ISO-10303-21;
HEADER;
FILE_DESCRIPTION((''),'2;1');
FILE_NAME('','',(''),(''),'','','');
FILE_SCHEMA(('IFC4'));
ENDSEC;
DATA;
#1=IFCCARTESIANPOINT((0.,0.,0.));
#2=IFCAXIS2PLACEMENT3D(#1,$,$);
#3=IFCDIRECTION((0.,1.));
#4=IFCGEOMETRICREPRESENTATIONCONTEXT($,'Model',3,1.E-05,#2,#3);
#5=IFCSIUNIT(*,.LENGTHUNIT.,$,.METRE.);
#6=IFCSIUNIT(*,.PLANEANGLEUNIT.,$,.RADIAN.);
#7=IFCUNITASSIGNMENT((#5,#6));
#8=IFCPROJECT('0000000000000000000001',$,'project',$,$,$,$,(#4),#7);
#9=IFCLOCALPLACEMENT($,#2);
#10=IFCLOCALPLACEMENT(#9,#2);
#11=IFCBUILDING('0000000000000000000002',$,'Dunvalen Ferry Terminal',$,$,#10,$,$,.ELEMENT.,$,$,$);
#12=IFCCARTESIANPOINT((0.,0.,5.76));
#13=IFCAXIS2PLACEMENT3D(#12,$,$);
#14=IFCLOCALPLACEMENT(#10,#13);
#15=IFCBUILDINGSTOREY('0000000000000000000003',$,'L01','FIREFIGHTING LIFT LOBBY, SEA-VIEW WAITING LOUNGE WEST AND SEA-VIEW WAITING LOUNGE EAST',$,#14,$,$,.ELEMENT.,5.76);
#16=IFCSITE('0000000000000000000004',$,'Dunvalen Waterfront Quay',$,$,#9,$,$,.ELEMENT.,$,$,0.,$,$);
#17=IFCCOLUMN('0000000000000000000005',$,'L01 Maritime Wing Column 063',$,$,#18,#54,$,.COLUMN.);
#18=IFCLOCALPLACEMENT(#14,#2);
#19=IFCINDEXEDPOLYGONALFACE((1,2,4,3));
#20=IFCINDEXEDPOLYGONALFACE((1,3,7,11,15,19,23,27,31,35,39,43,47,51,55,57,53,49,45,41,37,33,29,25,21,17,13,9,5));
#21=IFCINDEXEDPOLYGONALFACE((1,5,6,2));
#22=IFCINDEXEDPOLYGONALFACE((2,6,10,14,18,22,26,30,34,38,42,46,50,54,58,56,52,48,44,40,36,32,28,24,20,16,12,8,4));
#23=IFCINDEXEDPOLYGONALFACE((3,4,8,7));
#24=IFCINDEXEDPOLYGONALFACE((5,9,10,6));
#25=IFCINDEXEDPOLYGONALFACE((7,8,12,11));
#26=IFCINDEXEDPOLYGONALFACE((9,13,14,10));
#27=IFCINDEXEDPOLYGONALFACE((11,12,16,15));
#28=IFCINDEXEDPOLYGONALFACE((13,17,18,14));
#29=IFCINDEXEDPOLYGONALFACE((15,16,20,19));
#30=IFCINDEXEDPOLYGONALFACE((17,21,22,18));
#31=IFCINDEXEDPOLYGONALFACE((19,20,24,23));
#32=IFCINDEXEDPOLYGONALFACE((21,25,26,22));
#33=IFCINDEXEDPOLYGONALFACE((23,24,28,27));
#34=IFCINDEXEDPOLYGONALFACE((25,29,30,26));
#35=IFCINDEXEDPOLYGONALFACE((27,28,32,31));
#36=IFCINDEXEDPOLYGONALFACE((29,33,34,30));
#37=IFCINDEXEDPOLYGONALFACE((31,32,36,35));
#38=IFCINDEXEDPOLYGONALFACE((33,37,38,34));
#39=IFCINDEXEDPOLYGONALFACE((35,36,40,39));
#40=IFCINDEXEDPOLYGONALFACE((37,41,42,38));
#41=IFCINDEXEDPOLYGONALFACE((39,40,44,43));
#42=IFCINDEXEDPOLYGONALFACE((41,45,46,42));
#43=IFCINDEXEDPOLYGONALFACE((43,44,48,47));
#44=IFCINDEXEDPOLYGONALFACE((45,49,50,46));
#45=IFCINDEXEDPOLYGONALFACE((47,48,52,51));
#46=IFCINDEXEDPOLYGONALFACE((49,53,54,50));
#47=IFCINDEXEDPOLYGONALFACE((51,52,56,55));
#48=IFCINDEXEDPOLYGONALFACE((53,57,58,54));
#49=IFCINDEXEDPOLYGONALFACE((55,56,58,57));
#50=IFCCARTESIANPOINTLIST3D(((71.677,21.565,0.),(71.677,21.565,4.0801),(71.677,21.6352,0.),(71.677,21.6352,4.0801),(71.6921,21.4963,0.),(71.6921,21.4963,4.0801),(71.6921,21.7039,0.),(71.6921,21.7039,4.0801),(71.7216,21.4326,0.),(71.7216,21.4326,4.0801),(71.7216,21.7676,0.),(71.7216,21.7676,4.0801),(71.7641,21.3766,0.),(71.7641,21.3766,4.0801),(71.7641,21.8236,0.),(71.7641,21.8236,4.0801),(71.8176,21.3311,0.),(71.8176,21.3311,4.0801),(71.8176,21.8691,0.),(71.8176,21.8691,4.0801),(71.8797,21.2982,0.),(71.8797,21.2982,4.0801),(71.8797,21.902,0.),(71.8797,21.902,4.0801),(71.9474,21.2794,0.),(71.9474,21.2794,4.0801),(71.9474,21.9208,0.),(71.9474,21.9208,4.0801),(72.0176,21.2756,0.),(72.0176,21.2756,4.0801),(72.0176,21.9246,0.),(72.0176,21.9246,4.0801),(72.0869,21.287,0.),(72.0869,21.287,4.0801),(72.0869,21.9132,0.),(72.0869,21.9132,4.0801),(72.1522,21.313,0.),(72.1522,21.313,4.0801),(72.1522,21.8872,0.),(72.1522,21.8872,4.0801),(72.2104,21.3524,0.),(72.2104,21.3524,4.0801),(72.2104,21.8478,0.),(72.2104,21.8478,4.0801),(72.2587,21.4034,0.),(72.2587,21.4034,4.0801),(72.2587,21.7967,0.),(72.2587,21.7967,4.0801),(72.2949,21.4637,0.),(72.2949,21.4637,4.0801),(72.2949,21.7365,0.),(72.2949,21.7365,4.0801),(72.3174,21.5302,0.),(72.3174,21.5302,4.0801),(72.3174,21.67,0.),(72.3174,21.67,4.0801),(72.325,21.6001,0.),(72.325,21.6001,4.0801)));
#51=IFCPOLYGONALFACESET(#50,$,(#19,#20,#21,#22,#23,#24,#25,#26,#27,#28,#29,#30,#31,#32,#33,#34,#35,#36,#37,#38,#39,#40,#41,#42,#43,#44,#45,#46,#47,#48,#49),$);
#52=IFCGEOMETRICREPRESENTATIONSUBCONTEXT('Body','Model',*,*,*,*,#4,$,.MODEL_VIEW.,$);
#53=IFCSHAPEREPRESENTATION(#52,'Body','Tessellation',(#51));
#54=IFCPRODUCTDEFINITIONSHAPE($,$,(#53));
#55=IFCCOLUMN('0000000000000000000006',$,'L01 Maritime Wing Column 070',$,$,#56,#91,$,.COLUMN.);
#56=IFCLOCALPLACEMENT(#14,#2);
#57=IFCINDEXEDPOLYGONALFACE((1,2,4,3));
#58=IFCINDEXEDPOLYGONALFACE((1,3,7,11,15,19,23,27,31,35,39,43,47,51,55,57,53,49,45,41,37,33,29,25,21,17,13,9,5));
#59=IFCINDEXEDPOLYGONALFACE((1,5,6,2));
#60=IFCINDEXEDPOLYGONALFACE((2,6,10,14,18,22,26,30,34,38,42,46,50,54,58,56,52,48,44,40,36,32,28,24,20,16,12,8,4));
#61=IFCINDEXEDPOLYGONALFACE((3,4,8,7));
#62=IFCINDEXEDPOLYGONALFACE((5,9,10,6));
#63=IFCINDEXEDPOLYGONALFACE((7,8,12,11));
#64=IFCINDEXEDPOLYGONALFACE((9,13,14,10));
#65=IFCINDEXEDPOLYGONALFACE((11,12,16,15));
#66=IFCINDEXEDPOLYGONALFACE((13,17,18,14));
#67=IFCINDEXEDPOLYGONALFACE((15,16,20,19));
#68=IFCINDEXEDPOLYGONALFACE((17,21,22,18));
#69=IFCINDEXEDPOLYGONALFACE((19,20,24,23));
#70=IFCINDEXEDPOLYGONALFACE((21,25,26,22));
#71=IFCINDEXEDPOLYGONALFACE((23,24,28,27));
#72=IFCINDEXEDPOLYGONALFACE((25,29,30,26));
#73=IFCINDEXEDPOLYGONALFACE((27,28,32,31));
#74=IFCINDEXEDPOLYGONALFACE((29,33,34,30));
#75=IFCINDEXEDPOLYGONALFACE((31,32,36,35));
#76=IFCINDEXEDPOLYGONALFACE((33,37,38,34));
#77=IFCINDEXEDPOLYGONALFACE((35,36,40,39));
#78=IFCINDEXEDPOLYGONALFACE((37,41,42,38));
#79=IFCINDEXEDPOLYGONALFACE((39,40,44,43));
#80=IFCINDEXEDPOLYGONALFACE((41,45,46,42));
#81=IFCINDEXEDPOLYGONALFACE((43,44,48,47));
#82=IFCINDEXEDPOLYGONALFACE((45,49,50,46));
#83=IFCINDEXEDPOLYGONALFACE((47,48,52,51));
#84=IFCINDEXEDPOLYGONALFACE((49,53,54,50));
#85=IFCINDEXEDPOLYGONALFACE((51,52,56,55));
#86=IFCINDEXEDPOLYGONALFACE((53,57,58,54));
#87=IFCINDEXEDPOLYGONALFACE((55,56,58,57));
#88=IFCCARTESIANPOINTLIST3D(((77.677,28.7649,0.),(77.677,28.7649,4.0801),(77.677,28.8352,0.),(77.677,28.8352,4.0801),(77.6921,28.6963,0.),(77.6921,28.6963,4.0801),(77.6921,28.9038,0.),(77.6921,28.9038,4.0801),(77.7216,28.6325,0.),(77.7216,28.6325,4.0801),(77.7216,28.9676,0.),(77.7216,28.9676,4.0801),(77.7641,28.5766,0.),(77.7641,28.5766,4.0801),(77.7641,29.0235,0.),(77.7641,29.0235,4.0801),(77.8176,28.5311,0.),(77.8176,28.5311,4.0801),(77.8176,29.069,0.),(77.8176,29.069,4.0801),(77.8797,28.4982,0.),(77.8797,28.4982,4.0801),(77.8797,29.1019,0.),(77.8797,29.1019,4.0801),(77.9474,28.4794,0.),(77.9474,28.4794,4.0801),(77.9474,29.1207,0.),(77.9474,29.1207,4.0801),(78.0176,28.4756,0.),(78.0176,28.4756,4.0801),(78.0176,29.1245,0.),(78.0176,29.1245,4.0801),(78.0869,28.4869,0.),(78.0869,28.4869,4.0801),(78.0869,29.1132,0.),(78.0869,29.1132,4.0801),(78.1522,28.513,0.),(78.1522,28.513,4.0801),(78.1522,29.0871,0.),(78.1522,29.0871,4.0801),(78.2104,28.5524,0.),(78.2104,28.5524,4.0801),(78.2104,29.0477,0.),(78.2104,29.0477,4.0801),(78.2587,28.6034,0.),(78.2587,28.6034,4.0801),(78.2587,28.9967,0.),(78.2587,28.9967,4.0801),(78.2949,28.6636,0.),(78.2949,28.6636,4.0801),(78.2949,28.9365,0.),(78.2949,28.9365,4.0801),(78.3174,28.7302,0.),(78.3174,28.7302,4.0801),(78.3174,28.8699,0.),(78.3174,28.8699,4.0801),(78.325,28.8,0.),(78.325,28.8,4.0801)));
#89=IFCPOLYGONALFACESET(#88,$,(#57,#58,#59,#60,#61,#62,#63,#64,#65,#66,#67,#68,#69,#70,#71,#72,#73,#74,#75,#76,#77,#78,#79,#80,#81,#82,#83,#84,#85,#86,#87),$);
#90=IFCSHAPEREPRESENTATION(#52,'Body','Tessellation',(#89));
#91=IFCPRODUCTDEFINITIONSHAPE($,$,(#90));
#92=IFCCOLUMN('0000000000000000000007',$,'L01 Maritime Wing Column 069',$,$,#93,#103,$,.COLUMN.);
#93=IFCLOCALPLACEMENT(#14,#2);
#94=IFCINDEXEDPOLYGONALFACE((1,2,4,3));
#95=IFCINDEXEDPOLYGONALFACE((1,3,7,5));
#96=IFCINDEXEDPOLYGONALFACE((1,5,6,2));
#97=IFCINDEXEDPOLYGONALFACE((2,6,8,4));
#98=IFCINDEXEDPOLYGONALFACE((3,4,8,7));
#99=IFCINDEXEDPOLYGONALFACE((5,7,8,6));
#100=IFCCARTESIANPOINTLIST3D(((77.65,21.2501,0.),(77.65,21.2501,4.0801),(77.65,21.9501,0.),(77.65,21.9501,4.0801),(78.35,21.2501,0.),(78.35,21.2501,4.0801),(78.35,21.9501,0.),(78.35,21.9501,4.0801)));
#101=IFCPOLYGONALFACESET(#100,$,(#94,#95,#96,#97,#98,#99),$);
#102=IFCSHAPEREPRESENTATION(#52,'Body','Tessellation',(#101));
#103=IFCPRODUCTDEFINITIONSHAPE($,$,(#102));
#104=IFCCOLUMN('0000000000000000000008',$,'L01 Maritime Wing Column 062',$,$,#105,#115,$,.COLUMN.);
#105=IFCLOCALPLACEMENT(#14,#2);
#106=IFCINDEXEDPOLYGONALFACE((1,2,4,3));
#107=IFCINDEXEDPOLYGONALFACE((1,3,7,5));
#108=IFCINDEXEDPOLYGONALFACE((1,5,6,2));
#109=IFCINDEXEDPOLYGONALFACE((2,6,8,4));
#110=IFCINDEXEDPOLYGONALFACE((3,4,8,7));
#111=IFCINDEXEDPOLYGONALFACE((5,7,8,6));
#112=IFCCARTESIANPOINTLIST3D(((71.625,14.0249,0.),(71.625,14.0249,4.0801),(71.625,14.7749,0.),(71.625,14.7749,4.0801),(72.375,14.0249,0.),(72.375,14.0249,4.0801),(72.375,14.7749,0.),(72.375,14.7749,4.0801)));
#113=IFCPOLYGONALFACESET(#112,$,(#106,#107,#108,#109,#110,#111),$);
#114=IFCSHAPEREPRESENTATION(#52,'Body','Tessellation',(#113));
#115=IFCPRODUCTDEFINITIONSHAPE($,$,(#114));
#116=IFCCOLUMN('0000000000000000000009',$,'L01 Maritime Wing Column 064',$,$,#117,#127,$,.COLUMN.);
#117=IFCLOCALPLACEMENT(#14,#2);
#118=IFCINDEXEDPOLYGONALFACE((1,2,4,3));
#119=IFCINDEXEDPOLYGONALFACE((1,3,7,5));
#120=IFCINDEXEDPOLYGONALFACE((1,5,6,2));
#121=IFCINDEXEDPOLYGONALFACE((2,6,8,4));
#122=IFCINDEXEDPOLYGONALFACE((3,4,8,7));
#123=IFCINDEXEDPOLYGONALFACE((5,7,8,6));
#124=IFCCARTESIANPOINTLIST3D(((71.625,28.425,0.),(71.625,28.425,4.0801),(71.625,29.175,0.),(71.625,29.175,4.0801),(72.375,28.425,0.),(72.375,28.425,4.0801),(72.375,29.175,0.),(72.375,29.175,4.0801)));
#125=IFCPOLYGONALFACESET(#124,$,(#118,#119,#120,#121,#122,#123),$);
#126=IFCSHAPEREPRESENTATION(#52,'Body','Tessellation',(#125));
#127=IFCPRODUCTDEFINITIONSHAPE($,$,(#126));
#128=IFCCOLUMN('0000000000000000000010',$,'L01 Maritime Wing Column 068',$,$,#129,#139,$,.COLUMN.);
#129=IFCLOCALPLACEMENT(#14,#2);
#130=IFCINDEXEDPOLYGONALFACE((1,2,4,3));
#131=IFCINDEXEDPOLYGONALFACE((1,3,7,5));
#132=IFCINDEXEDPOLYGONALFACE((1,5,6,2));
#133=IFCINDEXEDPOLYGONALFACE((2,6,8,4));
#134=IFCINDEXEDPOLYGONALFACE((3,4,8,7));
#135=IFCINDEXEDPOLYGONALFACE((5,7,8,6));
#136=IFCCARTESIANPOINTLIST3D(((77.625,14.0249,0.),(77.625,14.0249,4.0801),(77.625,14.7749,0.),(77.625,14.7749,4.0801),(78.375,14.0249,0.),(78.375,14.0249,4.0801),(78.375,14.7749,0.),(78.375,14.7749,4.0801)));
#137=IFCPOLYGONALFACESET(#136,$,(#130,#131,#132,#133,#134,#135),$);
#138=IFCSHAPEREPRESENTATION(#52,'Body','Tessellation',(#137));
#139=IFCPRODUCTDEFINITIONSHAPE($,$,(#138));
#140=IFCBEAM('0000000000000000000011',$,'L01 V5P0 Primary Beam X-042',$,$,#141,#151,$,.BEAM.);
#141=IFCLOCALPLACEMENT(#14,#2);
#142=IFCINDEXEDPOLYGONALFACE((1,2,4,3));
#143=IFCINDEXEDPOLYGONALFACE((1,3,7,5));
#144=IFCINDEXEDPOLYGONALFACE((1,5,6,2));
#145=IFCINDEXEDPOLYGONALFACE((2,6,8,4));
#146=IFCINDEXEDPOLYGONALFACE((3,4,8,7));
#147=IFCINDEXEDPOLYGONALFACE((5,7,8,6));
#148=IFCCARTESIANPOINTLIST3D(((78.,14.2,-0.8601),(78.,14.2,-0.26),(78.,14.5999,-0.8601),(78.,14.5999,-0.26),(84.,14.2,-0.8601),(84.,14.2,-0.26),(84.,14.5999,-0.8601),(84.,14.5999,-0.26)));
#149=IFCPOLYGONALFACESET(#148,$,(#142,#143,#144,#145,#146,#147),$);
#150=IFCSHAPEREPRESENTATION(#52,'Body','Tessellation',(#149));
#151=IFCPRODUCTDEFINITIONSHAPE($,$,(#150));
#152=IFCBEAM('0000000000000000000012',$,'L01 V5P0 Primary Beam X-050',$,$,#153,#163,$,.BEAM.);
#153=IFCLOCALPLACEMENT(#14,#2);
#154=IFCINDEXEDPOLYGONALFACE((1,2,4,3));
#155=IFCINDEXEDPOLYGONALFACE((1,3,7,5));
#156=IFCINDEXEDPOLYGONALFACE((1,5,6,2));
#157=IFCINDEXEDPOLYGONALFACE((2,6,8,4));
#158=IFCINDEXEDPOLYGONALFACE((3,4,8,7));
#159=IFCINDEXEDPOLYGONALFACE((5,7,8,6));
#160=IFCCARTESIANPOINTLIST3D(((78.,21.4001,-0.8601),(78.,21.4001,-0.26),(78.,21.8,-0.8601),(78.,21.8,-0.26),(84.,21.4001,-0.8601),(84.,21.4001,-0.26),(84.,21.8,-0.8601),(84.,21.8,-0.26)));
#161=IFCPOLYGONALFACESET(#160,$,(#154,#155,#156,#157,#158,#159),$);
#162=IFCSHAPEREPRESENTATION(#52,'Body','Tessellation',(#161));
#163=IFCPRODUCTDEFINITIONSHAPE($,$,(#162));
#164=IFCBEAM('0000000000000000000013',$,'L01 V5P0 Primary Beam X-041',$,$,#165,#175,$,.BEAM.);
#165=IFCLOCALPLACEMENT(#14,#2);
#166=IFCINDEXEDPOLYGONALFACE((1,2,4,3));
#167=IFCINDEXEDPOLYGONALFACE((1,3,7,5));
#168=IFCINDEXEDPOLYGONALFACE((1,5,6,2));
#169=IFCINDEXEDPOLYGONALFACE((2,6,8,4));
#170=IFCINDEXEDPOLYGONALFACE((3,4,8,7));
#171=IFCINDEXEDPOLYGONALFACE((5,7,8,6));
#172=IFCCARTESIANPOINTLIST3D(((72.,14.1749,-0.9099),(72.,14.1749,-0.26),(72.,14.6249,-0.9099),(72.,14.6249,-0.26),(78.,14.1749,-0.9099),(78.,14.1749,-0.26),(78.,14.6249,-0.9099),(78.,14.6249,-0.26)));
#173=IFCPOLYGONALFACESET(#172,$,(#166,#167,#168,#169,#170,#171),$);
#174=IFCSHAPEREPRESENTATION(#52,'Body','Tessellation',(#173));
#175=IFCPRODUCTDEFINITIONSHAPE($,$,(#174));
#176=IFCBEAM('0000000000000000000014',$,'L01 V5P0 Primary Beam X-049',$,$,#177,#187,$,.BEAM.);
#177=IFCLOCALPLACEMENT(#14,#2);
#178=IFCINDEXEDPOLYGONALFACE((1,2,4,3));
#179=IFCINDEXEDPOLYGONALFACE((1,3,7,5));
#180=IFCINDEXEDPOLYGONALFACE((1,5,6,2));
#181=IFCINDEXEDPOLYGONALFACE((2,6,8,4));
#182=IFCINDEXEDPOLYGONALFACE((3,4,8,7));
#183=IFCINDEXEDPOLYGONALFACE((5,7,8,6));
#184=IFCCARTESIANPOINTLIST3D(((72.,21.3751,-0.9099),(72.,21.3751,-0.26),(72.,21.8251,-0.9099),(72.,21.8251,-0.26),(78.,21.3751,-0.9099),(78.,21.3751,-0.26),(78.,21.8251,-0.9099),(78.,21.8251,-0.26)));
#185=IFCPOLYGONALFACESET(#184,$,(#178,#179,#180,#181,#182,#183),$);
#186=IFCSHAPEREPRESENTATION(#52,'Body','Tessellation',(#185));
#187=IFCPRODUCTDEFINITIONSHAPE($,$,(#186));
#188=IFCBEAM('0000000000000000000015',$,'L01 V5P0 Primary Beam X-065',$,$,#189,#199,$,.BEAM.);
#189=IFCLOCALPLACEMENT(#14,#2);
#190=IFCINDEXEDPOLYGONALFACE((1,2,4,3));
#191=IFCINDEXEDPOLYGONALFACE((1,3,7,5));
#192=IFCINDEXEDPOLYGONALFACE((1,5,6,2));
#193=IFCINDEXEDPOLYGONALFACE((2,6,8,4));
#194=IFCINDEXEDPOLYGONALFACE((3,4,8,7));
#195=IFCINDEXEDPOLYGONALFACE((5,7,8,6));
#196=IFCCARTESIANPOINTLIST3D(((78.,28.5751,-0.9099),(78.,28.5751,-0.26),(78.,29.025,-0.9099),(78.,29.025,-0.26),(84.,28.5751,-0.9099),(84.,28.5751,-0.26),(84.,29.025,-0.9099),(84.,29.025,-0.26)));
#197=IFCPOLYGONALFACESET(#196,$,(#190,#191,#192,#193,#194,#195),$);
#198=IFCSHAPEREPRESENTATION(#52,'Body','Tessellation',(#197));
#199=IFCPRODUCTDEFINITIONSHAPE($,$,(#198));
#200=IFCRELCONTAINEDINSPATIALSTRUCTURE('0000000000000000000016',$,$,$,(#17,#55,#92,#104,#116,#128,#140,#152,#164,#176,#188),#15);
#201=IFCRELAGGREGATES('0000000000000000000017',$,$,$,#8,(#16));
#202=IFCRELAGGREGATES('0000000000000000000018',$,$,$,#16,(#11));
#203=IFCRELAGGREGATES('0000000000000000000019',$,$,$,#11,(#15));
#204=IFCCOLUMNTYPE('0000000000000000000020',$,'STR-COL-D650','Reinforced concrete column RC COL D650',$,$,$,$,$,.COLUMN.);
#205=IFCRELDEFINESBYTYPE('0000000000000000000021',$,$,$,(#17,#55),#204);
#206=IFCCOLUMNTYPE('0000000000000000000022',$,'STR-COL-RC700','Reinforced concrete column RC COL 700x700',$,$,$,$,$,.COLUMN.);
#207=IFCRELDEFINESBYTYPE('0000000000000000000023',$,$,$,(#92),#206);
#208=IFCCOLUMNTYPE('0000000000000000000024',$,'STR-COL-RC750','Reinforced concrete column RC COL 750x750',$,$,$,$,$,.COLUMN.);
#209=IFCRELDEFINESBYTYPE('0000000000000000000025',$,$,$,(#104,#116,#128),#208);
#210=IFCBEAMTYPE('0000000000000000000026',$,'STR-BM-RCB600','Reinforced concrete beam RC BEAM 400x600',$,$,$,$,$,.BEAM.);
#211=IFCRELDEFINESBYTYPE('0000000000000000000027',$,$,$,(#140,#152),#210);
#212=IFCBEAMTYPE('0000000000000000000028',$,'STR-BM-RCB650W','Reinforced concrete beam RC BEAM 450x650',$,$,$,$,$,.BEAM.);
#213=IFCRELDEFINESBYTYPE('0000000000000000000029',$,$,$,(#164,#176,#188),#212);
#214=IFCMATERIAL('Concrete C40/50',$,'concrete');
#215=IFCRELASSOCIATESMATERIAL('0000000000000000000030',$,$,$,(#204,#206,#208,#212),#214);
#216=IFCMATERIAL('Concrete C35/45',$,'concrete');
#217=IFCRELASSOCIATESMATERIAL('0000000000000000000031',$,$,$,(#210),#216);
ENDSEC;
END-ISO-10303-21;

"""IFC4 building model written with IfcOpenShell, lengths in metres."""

from ifc_helpers import new_model, si_unit, direction, frame, origin, origin_2d, place, context, subcontext, project, spatial, rectangle, circle, extrude, material, material_profile, profile_set, type_object, element, save


model = new_model("IFC4")

# Units and contexts
model_context = context("Model", 3, precision=1e-05, world=origin(), true_north=direction((0.0, 1.0)))
body_context = subcontext(model_context, "Body", "Model", "MODEL_VIEW")
ifc_project = project(units=[si_unit("LENGTHUNIT", "METRE"), si_unit("PLANEANGLEUNIT", "RADIAN")], contexts=[model_context])

# Site, building, storey
site_placement = place(None, origin())
site = spatial("IfcSite", under=ifc_project, at=site_placement, Name="Dunvalen Waterfront Quay", CompositionType="ELEMENT", RefElevation=0.0)
building_placement = place(site_placement, origin())
building = spatial("IfcBuilding", under=site, at=building_placement, Name="Dunvalen Ferry Terminal", CompositionType="ELEMENT")
storey_placement = place(building_placement, frame((0.0, 0.0, 5.76)))
storey = spatial("IfcBuildingStorey", under=building, at=storey_placement, Name="L01", Description="FIREFIGHTING LIFT LOBBY, SEA-VIEW WAITING LOUNGE WEST AND SEA-VIEW WAITING LOUNGE EAST", CompositionType="ELEMENT", Elevation=5.76)

# Columns
ifc_material_1 = material(Name="Concrete C40/50", Category="concrete")
ifc_material_profile_1 = material_profile(ifc_material_1, circle(Radius=0.325, at=origin_2d()), Name="Concrete C40/50")
ifc_profile_set_1 = profile_set([ifc_material_profile_1], Name="Concrete C40/50")
column_type_1 = type_object("IfcColumnType", Name="STR-COL-D650", Description="Reinforced concrete column RC COL D650", PredefinedType="COLUMN", material=ifc_profile_set_1)
for number, where, z_axis, x_axis, name in (
    (1, (72.0, 21.6001, 0.0), (0.0, 0.0, 1.0), (1.0, 0.0, 0.0), "L01 Maritime Wing Column 063"),
    (2, (78.0, 28.8, 0.0), (0.0, 0.0, 1.0), (1.0, 0.0, 0.0), "L01 Maritime Wing Column 070"),
):
    element("IfcColumn", number, at=place(storey_placement, frame(where, z_axis=z_axis, x_axis=x_axis)), inside=storey, type_object=column_type_1, Name=name, PredefinedType="COLUMN", context=body_context, shape_type="SweptSolid", body=[
        extrude(circle(Radius=0.325, at=origin_2d()), origin(), (0.0, 0.0, 1.0), 4.0801),
    ])
ifc_material_profile_2 = material_profile(ifc_material_1, rectangle(XDim=0.7, YDim=0.7, at=origin_2d()), Name="Concrete C40/50")
ifc_profile_set_2 = profile_set([ifc_material_profile_2], Name="Concrete C40/50")
column_type_2 = type_object("IfcColumnType", Name="STR-COL-RC700", Description="Reinforced concrete column RC COL 700x700", PredefinedType="COLUMN", material=ifc_profile_set_2)
column_placement = place(storey_placement, frame((78.0, 21.6001, 0.0), z_axis=(0.0, 0.0, 1.0), x_axis=(1.0, 0.0, 0.0)))
element("IfcColumn", 3, at=column_placement, inside=storey, type_object=column_type_2, Name="L01 Maritime Wing Column 069", PredefinedType="COLUMN", context=body_context, shape_type="SweptSolid", body=[
    extrude(rectangle(XDim=0.7, YDim=0.7, at=origin_2d()), origin(), (0.0, 0.0, 1.0), 4.0801),
])
ifc_material_profile_3 = material_profile(ifc_material_1, rectangle(XDim=0.75, YDim=0.75, at=origin_2d()), Name="Concrete C40/50")
ifc_profile_set_3 = profile_set([ifc_material_profile_3], Name="Concrete C40/50")
column_type_3 = type_object("IfcColumnType", Name="STR-COL-RC750", Description="Reinforced concrete column RC COL 750x750", PredefinedType="COLUMN", material=ifc_profile_set_3)
for number, where, z_axis, x_axis, name in (
    (4, (72.0, 14.3999, 0.0), (0.0, 0.0, 1.0), (1.0, 0.0, 0.0), "L01 Maritime Wing Column 062"),
    (5, (72.0, 28.8, 0.0), (0.0, 0.0, 1.0), (1.0, 0.0, 0.0), "L01 Maritime Wing Column 064"),
    (6, (78.0, 14.3999, 0.0), (0.0, 0.0, 1.0), (1.0, 0.0, 0.0), "L01 Maritime Wing Column 068"),
):
    element("IfcColumn", number, at=place(storey_placement, frame(where, z_axis=z_axis, x_axis=x_axis)), inside=storey, type_object=column_type_3, Name=name, PredefinedType="COLUMN", context=body_context, shape_type="SweptSolid", body=[
        extrude(rectangle(XDim=0.75, YDim=0.75, at=origin_2d()), origin(), (0.0, 0.0, 1.0), 4.0801),
    ])

# Beams
ifc_material_2 = material(Name="Concrete C35/45", Category="concrete")
ifc_material_profile_4 = material_profile(ifc_material_2, rectangle(XDim=0.3999, YDim=0.6001, at=origin_2d()), Name="Concrete C35/45")
ifc_profile_set_4 = profile_set([ifc_material_profile_4], Name="Concrete C35/45")
beam_type_1 = type_object("IfcBeamType", Name="STR-BM-RCB600", Description="Reinforced concrete beam RC BEAM 400x600", PredefinedType="BEAM", material=ifc_profile_set_4)
for number, where, z_axis, x_axis, name in (
    (7, (78.0, 14.3999, -0.5601), (1.0, 0.0, 0.0), (0.0, 1.0, 0.0), "L01 V5P0 Primary Beam X-042"),
    (8, (78.0, 21.6001, -0.5601), (1.0, 0.0, 0.0), (0.0, 1.0, 0.0), "L01 V5P0 Primary Beam X-050"),
):
    element("IfcBeam", number, at=place(storey_placement, frame(where, z_axis=z_axis, x_axis=x_axis)), inside=storey, type_object=beam_type_1, Name=name, PredefinedType="BEAM", context=body_context, shape_type="SweptSolid", body=[
        extrude(rectangle(XDim=0.3999, YDim=0.6001, at=origin_2d()), origin(), (0.0, 0.0, 1.0), 6.0),
    ])
ifc_material_profile_5 = material_profile(ifc_material_1, rectangle(XDim=0.45, YDim=0.6499, at=origin_2d()), Name="Concrete C40/50")
ifc_profile_set_5 = profile_set([ifc_material_profile_5], Name="Concrete C40/50")
beam_type_2 = type_object("IfcBeamType", Name="STR-BM-RCB650W", Description="Reinforced concrete beam RC BEAM 450x650", PredefinedType="BEAM", material=ifc_profile_set_5)
for number, where, z_axis, x_axis, name in (
    (9, (72.0, 14.3999, -0.585), (1.0, 0.0, 0.0), (0.0, 1.0, 0.0), "L01 V5P0 Primary Beam X-041"),
    (10, (72.0, 21.6001, -0.585), (1.0, 0.0, 0.0), (0.0, 1.0, 0.0), "L01 V5P0 Primary Beam X-049"),
    (11, (78.0, 28.8, -0.585), (1.0, 0.0, 0.0), (0.0, 1.0, 0.0), "L01 V5P0 Primary Beam X-065"),
):
    element("IfcBeam", number, at=place(storey_placement, frame(where, z_axis=z_axis, x_axis=x_axis)), inside=storey, type_object=beam_type_2, Name=name, PredefinedType="BEAM", context=body_context, shape_type="SweptSolid", body=[
        extrude(rectangle(XDim=0.45, YDim=0.6499, at=origin_2d()), origin(), (0.0, 0.0, 1.0), 6.0),
    ])

save(model, "model.ifc")
